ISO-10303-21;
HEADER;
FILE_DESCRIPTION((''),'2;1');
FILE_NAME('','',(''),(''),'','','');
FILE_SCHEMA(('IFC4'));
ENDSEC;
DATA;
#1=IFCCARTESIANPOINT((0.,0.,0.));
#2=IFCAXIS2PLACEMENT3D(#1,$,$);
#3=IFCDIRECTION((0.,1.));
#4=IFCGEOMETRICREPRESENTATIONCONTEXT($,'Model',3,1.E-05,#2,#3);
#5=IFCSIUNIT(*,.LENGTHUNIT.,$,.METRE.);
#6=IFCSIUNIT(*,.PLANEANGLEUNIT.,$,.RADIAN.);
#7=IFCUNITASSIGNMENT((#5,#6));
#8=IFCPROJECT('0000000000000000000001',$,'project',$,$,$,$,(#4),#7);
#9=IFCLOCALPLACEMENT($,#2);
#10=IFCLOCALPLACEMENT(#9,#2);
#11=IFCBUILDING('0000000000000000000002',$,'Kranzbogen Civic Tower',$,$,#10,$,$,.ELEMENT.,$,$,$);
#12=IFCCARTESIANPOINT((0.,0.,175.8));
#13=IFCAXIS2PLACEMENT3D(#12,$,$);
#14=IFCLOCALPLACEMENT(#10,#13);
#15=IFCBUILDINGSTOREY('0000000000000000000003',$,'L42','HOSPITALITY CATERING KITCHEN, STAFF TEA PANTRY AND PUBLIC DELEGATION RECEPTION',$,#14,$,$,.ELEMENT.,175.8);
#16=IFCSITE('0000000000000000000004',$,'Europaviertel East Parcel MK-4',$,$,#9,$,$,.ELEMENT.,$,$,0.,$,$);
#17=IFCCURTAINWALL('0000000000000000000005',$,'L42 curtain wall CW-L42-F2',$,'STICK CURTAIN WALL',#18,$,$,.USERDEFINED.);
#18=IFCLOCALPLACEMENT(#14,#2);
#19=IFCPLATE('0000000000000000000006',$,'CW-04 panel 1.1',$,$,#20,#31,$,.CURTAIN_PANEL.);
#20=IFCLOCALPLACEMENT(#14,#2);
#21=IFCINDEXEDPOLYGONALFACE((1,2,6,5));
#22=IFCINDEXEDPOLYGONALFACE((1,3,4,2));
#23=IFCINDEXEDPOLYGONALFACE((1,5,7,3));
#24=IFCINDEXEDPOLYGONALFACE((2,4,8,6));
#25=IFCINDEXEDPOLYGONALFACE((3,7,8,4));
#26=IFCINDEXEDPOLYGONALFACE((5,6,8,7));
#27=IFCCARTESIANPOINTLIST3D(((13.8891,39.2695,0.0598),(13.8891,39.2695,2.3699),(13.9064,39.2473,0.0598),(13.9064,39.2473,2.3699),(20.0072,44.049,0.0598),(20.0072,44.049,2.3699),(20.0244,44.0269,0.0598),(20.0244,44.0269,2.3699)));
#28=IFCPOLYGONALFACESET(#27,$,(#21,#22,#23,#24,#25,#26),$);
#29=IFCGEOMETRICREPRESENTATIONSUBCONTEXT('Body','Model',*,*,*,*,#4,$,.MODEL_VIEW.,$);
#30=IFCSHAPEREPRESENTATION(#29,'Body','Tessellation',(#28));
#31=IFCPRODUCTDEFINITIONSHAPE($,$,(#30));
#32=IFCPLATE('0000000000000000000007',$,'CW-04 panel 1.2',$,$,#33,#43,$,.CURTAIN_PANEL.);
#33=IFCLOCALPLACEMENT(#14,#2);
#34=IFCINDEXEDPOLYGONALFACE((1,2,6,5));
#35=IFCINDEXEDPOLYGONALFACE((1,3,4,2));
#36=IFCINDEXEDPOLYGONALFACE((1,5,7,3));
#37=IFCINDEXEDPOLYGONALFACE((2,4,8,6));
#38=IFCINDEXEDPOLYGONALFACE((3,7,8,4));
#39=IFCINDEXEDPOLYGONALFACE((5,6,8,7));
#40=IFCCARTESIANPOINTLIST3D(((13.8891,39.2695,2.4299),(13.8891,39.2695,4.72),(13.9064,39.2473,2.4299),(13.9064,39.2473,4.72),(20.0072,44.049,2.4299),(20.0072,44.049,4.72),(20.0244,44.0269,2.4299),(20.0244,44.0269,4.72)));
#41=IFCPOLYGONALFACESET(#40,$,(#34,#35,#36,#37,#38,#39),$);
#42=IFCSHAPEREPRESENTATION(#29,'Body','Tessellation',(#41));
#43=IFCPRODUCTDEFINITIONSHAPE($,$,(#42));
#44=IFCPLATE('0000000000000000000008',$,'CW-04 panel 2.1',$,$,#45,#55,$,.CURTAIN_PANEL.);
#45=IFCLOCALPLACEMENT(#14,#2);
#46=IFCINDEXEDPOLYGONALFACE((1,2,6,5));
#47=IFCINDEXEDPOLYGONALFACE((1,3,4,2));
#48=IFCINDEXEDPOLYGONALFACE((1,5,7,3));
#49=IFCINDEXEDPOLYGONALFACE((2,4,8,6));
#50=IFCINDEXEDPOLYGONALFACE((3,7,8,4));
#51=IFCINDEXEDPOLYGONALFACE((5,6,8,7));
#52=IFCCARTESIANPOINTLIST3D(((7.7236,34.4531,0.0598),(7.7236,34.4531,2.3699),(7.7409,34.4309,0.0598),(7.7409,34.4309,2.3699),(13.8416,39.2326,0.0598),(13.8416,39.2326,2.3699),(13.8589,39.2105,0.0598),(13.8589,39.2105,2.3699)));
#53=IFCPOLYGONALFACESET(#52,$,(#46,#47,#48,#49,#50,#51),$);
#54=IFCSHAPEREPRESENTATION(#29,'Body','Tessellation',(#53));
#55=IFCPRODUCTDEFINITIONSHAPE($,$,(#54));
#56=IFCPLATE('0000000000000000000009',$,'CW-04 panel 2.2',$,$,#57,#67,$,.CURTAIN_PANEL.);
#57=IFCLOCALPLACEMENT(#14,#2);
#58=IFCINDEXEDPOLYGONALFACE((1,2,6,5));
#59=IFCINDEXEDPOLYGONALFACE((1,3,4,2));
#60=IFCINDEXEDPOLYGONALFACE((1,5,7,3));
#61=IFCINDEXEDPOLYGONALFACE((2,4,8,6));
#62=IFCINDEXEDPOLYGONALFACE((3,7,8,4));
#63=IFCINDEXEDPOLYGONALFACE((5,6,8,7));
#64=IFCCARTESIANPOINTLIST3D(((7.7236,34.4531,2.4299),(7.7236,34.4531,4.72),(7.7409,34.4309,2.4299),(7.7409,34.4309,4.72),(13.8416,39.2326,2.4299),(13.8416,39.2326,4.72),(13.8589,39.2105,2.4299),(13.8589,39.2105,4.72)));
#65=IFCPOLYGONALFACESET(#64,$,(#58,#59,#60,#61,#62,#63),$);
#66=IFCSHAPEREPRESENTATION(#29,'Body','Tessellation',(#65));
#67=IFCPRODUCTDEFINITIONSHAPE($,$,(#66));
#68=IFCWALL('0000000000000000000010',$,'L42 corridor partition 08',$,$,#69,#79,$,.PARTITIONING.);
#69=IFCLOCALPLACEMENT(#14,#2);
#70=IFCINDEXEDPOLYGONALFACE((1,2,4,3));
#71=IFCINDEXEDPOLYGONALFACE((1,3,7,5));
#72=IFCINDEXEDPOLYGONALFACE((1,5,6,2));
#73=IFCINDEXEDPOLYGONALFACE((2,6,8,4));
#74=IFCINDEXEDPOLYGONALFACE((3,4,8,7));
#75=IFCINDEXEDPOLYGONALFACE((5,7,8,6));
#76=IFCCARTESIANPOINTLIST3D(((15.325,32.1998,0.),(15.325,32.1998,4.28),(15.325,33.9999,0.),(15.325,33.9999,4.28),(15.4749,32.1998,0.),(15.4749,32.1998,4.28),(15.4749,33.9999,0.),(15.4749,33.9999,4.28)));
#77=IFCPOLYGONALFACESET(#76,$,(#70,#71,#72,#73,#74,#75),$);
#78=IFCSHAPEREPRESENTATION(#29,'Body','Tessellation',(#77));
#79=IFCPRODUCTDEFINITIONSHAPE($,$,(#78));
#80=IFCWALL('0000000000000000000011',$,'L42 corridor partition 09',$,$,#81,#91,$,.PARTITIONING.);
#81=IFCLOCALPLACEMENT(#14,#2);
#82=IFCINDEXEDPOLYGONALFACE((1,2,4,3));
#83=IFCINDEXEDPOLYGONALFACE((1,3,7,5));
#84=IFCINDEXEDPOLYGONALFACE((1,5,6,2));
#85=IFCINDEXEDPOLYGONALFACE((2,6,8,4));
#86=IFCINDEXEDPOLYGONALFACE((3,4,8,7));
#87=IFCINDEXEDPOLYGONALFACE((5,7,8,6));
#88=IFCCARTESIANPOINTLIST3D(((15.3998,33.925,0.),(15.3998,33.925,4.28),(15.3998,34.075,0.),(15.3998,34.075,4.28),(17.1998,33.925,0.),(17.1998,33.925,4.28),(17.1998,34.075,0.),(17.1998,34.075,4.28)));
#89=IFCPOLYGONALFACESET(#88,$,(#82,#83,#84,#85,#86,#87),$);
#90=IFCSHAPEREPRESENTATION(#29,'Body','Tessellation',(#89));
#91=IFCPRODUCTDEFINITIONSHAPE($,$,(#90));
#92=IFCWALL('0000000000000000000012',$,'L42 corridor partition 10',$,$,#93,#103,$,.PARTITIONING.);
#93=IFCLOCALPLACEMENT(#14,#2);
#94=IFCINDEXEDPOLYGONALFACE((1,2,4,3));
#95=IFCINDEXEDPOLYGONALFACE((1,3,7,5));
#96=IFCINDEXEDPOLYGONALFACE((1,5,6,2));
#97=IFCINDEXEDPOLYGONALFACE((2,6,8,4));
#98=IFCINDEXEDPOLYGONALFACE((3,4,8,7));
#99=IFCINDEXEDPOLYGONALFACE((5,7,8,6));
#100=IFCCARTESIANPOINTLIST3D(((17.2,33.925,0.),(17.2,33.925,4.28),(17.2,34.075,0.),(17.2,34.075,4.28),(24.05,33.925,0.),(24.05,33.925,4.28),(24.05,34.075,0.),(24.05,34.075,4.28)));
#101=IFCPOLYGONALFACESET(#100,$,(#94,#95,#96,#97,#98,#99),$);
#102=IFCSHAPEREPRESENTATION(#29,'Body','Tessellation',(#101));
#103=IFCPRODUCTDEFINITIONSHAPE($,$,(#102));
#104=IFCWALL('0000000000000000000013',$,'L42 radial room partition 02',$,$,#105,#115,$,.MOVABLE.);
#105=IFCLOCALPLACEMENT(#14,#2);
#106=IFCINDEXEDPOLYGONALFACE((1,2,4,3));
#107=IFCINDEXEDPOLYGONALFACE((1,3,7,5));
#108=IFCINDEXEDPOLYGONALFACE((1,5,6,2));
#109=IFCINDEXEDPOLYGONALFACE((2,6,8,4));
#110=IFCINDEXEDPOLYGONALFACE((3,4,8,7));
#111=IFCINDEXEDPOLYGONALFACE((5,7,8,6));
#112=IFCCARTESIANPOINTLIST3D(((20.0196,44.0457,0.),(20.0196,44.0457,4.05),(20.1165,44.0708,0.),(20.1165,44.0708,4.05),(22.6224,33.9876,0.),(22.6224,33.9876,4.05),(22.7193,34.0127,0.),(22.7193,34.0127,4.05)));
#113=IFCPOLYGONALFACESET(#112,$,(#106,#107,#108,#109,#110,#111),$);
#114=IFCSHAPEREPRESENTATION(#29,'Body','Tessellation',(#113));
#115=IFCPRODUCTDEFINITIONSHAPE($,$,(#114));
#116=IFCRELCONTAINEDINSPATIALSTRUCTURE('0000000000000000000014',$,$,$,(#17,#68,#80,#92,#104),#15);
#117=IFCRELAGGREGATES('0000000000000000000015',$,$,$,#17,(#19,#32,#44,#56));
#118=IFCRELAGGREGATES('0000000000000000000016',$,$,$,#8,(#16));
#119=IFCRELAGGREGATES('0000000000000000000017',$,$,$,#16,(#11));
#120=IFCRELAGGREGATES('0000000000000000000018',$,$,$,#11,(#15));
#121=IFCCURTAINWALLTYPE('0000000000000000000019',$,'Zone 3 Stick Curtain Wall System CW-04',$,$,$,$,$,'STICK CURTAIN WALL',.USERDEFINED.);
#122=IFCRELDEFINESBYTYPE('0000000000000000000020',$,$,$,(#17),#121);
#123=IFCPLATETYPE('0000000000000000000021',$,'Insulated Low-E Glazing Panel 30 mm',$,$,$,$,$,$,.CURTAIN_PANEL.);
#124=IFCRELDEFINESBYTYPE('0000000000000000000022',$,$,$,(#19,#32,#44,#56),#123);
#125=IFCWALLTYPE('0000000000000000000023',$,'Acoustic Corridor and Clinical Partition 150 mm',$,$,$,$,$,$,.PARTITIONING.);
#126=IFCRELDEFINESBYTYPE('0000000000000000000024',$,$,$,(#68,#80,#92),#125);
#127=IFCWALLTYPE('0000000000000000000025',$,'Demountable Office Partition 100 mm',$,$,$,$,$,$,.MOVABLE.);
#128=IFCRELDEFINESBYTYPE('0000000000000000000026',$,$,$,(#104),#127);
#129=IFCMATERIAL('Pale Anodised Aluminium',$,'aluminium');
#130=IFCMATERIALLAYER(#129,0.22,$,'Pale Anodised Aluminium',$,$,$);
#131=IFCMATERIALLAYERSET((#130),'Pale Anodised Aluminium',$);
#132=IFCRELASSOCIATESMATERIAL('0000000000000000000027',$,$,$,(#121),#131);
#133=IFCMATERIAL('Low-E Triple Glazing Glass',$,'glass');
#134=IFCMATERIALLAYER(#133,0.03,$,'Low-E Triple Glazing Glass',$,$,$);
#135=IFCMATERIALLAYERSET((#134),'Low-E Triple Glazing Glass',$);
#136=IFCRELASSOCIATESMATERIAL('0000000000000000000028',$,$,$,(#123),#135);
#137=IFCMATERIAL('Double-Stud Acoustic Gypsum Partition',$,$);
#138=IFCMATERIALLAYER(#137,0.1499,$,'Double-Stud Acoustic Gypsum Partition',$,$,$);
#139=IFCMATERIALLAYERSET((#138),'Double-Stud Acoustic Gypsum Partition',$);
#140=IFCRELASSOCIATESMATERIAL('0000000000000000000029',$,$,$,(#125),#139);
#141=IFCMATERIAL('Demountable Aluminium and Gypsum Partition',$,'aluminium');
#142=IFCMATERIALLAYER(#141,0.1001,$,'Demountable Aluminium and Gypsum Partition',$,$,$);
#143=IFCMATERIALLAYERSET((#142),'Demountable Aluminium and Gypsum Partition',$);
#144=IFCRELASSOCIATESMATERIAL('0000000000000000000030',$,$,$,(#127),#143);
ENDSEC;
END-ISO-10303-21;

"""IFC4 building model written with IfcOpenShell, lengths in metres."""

from ifc_helpers import new_model, si_unit, direction, frame, frame_2d, origin, origin_2d, place, context, subcontext, project, spatial, rectangle, extrude, material, layer, layer_set, type_object, element, aggregate, save


model = new_model("IFC4")

# Units and contexts
model_context = context("Model", 3, precision=1e-05, world=origin(), true_north=direction((0.0, 1.0)))
body_context = subcontext(model_context, "Body", "Model", "MODEL_VIEW")
ifc_project = project(units=[si_unit("LENGTHUNIT", "METRE"), si_unit("PLANEANGLEUNIT", "RADIAN")], contexts=[model_context])

# Site, building, storey
site_placement = place(None, origin())
site = spatial("IfcSite", under=ifc_project, at=site_placement, Name="Europaviertel East Parcel MK-4", CompositionType="ELEMENT", RefElevation=0.0)
building_placement = place(site_placement, origin())
building = spatial("IfcBuilding", under=site, at=building_placement, Name="Kranzbogen Civic Tower", CompositionType="ELEMENT")
storey_placement = place(building_placement, frame((0.0, 0.0, 175.8)))
storey = spatial("IfcBuildingStorey", under=building, at=storey_placement, Name="L42", Description="HOSPITALITY CATERING KITCHEN, STAFF TEA PANTRY AND PUBLIC DELEGATION RECEPTION", CompositionType="ELEMENT", Elevation=175.8)

# Shared definitions
ifc_material_1 = material(Name="Pale Anodised Aluminium", Category="aluminium")

# Curtain wall
ifc_layer_1 = layer(ifc_material_1, 0.22, Name="Pale Anodised Aluminium")
ifc_layer_set_1 = layer_set([ifc_layer_1], Name="Pale Anodised Aluminium")
curtain_wall_type_1 = type_object("IfcCurtainWallType", Name="Zone 3 Stick Curtain Wall System CW-04", ElementType="STICK CURTAIN WALL", PredefinedType="USERDEFINED", material=ifc_layer_set_1)
curtain_wall_1_placement = place(storey_placement, origin())
curtain_wall_1 = element("IfcCurtainWall", 1, at=curtain_wall_1_placement, inside=storey, type_object=curtain_wall_type_1, Name="L42 curtain wall CW-L42-F2", ObjectType="STICK CURTAIN WALL", PredefinedType="USERDEFINED")

# Plates
ifc_material_2 = material(Name="Low-E Triple Glazing Glass", Category="glass")
ifc_layer_2 = layer(ifc_material_2, 0.03, Name="Low-E Triple Glazing Glass")
ifc_layer_set_2 = layer_set([ifc_layer_2], Name="Low-E Triple Glazing Glass")
plate_type_1 = type_object("IfcPlateType", Name="Insulated Low-E Glazing Panel 30 mm", PredefinedType="CURTAIN_PANEL", material=ifc_layer_set_2)
plate_1_placement = place(storey_placement, frame((16.9568, 41.6482, 0.0598), z_axis=(0.0, 0.0, 1.0), x_axis=(-0.788034, -0.615632, 0.0)))
plate_1 = element("IfcPlate", 2, at=plate_1_placement, type_object=plate_type_1, Name="CW-04 panel 1.1", PredefinedType="CURTAIN_PANEL", context=body_context, shape_type="SweptSolid", body=[
    extrude(rectangle(XDim=7.7637, YDim=0.0281, at=origin_2d()), origin(), (0.0, 0.0, 1.0), 2.3101),
])
plate_2_placement = place(storey_placement, frame((16.9568, 41.6482, 2.4299), z_axis=(0.0, 0.0, 1.0), x_axis=(-0.788034, -0.615632, 0.0)))
plate_2 = element("IfcPlate", 3, at=plate_2_placement, type_object=plate_type_1, Name="CW-04 panel 1.2", PredefinedType="CURTAIN_PANEL", context=body_context, shape_type="SweptSolid", body=[
    extrude(rectangle(XDim=7.7637, YDim=0.0281, at=origin_2d()), origin(), (0.0, 0.0, 1.0), 2.29),
])
plate_3_placement = place(storey_placement, frame((10.7913, 36.8318, 0.0598), z_axis=(0.0, 0.0, 1.0), x_axis=(-0.788034, -0.615632, 0.0)))
plate_3 = element("IfcPlate", 4, at=plate_3_placement, type_object=plate_type_1, Name="CW-04 panel 2.1", PredefinedType="CURTAIN_PANEL", context=body_context, shape_type="SweptSolid", body=[
    extrude(rectangle(XDim=7.7637, YDim=0.0281, at=origin_2d()), origin(), (0.0, 0.0, 1.0), 2.3101),
])
plate_4_placement = place(storey_placement, frame((10.7913, 36.8318, 2.4299), z_axis=(0.0, 0.0, 1.0), x_axis=(-0.788034, -0.615632, 0.0)))
plate_4 = element("IfcPlate", 5, at=plate_4_placement, type_object=plate_type_1, Name="CW-04 panel 2.2", PredefinedType="CURTAIN_PANEL", context=body_context, shape_type="SweptSolid", body=[
    extrude(rectangle(XDim=7.7637, YDim=0.0281, at=origin_2d()), origin(), (0.0, 0.0, 1.0), 2.29),
])
aggregate(curtain_wall_1, [plate_1, plate_2, plate_3, plate_4])

# Walls
ifc_material_3 = material(Name="Double-Stud Acoustic Gypsum Partition")
ifc_layer_3 = layer(ifc_material_3, 0.1499, Name="Double-Stud Acoustic Gypsum Partition")
ifc_layer_set_3 = layer_set([ifc_layer_3], Name="Double-Stud Acoustic Gypsum Partition")
wall_type_1 = type_object("IfcWallType", Name="Acoustic Corridor and Clinical Partition 150 mm", PredefinedType="PARTITIONING", material=ifc_layer_set_3)
for number, where, z_axis, x_axis, name in (
    (6, (15.3999, 32.2, 0.0), (0.0, 0.0, 1.0), (0.0, 1.0, 0.0), "L42 corridor partition 08"),
    (7, (15.3999, 34.0, 0.0), (0.0, 0.0, 1.0), (1.0, 0.0, 0.0), "L42 corridor partition 09"),
):
    element("IfcWall", number, at=place(storey_placement, frame(where, z_axis=z_axis, x_axis=x_axis)), inside=storey, type_object=wall_type_1, Name=name, PredefinedType="PARTITIONING", context=body_context, shape_type="SweptSolid", body=[
        extrude(rectangle(XDim=1.8, YDim=0.1499, at=frame_2d((0.8999, 0.0))), origin(), (0.0, 0.0, 1.0), 4.28),
    ])
wall_1_placement = place(storey_placement, frame((17.2, 34.0, 0.0), z_axis=(0.0, 0.0, 1.0), x_axis=(1.0, 0.0, 0.0)))
element("IfcWall", 8, at=wall_1_placement, inside=storey, type_object=wall_type_1, Name="L42 corridor partition 10", PredefinedType="PARTITIONING", context=body_context, shape_type="SweptSolid", body=[
    extrude(rectangle(XDim=6.8501, YDim=0.1499, at=frame_2d((3.425, 0.0))), origin(), (0.0, 0.0, 1.0), 4.28),
])
ifc_material_4 = material(Name="Demountable Aluminium and Gypsum Partition", Category="aluminium")
ifc_layer_4 = layer(ifc_material_4, 0.1001, Name="Demountable Aluminium and Gypsum Partition")
ifc_layer_set_4 = layer_set([ifc_layer_4], Name="Demountable Aluminium and Gypsum Partition")
wall_type_2 = type_object("IfcWallType", Name="Demountable Office Partition 100 mm", PredefinedType="MOVABLE", material=ifc_layer_set_4)
wall_2_placement = place(storey_placement, frame((22.6709, 34.0, 0.0), z_axis=(0.0, 0.0, 1.0), x_axis=(-0.250523, 0.968111, 0.0)))
element("IfcWall", 9, at=wall_2_placement, inside=storey, type_object=wall_type_2, Name="L42 radial room partition 02", PredefinedType="MOVABLE", context=body_context, shape_type="SweptSolid", body=[
    extrude(rectangle(XDim=10.3894, YDim=0.1001, at=frame_2d((5.1948, 0.0))), origin(), (0.0, 0.0, 1.0), 4.05),
])

save(model, "model.ifc")
